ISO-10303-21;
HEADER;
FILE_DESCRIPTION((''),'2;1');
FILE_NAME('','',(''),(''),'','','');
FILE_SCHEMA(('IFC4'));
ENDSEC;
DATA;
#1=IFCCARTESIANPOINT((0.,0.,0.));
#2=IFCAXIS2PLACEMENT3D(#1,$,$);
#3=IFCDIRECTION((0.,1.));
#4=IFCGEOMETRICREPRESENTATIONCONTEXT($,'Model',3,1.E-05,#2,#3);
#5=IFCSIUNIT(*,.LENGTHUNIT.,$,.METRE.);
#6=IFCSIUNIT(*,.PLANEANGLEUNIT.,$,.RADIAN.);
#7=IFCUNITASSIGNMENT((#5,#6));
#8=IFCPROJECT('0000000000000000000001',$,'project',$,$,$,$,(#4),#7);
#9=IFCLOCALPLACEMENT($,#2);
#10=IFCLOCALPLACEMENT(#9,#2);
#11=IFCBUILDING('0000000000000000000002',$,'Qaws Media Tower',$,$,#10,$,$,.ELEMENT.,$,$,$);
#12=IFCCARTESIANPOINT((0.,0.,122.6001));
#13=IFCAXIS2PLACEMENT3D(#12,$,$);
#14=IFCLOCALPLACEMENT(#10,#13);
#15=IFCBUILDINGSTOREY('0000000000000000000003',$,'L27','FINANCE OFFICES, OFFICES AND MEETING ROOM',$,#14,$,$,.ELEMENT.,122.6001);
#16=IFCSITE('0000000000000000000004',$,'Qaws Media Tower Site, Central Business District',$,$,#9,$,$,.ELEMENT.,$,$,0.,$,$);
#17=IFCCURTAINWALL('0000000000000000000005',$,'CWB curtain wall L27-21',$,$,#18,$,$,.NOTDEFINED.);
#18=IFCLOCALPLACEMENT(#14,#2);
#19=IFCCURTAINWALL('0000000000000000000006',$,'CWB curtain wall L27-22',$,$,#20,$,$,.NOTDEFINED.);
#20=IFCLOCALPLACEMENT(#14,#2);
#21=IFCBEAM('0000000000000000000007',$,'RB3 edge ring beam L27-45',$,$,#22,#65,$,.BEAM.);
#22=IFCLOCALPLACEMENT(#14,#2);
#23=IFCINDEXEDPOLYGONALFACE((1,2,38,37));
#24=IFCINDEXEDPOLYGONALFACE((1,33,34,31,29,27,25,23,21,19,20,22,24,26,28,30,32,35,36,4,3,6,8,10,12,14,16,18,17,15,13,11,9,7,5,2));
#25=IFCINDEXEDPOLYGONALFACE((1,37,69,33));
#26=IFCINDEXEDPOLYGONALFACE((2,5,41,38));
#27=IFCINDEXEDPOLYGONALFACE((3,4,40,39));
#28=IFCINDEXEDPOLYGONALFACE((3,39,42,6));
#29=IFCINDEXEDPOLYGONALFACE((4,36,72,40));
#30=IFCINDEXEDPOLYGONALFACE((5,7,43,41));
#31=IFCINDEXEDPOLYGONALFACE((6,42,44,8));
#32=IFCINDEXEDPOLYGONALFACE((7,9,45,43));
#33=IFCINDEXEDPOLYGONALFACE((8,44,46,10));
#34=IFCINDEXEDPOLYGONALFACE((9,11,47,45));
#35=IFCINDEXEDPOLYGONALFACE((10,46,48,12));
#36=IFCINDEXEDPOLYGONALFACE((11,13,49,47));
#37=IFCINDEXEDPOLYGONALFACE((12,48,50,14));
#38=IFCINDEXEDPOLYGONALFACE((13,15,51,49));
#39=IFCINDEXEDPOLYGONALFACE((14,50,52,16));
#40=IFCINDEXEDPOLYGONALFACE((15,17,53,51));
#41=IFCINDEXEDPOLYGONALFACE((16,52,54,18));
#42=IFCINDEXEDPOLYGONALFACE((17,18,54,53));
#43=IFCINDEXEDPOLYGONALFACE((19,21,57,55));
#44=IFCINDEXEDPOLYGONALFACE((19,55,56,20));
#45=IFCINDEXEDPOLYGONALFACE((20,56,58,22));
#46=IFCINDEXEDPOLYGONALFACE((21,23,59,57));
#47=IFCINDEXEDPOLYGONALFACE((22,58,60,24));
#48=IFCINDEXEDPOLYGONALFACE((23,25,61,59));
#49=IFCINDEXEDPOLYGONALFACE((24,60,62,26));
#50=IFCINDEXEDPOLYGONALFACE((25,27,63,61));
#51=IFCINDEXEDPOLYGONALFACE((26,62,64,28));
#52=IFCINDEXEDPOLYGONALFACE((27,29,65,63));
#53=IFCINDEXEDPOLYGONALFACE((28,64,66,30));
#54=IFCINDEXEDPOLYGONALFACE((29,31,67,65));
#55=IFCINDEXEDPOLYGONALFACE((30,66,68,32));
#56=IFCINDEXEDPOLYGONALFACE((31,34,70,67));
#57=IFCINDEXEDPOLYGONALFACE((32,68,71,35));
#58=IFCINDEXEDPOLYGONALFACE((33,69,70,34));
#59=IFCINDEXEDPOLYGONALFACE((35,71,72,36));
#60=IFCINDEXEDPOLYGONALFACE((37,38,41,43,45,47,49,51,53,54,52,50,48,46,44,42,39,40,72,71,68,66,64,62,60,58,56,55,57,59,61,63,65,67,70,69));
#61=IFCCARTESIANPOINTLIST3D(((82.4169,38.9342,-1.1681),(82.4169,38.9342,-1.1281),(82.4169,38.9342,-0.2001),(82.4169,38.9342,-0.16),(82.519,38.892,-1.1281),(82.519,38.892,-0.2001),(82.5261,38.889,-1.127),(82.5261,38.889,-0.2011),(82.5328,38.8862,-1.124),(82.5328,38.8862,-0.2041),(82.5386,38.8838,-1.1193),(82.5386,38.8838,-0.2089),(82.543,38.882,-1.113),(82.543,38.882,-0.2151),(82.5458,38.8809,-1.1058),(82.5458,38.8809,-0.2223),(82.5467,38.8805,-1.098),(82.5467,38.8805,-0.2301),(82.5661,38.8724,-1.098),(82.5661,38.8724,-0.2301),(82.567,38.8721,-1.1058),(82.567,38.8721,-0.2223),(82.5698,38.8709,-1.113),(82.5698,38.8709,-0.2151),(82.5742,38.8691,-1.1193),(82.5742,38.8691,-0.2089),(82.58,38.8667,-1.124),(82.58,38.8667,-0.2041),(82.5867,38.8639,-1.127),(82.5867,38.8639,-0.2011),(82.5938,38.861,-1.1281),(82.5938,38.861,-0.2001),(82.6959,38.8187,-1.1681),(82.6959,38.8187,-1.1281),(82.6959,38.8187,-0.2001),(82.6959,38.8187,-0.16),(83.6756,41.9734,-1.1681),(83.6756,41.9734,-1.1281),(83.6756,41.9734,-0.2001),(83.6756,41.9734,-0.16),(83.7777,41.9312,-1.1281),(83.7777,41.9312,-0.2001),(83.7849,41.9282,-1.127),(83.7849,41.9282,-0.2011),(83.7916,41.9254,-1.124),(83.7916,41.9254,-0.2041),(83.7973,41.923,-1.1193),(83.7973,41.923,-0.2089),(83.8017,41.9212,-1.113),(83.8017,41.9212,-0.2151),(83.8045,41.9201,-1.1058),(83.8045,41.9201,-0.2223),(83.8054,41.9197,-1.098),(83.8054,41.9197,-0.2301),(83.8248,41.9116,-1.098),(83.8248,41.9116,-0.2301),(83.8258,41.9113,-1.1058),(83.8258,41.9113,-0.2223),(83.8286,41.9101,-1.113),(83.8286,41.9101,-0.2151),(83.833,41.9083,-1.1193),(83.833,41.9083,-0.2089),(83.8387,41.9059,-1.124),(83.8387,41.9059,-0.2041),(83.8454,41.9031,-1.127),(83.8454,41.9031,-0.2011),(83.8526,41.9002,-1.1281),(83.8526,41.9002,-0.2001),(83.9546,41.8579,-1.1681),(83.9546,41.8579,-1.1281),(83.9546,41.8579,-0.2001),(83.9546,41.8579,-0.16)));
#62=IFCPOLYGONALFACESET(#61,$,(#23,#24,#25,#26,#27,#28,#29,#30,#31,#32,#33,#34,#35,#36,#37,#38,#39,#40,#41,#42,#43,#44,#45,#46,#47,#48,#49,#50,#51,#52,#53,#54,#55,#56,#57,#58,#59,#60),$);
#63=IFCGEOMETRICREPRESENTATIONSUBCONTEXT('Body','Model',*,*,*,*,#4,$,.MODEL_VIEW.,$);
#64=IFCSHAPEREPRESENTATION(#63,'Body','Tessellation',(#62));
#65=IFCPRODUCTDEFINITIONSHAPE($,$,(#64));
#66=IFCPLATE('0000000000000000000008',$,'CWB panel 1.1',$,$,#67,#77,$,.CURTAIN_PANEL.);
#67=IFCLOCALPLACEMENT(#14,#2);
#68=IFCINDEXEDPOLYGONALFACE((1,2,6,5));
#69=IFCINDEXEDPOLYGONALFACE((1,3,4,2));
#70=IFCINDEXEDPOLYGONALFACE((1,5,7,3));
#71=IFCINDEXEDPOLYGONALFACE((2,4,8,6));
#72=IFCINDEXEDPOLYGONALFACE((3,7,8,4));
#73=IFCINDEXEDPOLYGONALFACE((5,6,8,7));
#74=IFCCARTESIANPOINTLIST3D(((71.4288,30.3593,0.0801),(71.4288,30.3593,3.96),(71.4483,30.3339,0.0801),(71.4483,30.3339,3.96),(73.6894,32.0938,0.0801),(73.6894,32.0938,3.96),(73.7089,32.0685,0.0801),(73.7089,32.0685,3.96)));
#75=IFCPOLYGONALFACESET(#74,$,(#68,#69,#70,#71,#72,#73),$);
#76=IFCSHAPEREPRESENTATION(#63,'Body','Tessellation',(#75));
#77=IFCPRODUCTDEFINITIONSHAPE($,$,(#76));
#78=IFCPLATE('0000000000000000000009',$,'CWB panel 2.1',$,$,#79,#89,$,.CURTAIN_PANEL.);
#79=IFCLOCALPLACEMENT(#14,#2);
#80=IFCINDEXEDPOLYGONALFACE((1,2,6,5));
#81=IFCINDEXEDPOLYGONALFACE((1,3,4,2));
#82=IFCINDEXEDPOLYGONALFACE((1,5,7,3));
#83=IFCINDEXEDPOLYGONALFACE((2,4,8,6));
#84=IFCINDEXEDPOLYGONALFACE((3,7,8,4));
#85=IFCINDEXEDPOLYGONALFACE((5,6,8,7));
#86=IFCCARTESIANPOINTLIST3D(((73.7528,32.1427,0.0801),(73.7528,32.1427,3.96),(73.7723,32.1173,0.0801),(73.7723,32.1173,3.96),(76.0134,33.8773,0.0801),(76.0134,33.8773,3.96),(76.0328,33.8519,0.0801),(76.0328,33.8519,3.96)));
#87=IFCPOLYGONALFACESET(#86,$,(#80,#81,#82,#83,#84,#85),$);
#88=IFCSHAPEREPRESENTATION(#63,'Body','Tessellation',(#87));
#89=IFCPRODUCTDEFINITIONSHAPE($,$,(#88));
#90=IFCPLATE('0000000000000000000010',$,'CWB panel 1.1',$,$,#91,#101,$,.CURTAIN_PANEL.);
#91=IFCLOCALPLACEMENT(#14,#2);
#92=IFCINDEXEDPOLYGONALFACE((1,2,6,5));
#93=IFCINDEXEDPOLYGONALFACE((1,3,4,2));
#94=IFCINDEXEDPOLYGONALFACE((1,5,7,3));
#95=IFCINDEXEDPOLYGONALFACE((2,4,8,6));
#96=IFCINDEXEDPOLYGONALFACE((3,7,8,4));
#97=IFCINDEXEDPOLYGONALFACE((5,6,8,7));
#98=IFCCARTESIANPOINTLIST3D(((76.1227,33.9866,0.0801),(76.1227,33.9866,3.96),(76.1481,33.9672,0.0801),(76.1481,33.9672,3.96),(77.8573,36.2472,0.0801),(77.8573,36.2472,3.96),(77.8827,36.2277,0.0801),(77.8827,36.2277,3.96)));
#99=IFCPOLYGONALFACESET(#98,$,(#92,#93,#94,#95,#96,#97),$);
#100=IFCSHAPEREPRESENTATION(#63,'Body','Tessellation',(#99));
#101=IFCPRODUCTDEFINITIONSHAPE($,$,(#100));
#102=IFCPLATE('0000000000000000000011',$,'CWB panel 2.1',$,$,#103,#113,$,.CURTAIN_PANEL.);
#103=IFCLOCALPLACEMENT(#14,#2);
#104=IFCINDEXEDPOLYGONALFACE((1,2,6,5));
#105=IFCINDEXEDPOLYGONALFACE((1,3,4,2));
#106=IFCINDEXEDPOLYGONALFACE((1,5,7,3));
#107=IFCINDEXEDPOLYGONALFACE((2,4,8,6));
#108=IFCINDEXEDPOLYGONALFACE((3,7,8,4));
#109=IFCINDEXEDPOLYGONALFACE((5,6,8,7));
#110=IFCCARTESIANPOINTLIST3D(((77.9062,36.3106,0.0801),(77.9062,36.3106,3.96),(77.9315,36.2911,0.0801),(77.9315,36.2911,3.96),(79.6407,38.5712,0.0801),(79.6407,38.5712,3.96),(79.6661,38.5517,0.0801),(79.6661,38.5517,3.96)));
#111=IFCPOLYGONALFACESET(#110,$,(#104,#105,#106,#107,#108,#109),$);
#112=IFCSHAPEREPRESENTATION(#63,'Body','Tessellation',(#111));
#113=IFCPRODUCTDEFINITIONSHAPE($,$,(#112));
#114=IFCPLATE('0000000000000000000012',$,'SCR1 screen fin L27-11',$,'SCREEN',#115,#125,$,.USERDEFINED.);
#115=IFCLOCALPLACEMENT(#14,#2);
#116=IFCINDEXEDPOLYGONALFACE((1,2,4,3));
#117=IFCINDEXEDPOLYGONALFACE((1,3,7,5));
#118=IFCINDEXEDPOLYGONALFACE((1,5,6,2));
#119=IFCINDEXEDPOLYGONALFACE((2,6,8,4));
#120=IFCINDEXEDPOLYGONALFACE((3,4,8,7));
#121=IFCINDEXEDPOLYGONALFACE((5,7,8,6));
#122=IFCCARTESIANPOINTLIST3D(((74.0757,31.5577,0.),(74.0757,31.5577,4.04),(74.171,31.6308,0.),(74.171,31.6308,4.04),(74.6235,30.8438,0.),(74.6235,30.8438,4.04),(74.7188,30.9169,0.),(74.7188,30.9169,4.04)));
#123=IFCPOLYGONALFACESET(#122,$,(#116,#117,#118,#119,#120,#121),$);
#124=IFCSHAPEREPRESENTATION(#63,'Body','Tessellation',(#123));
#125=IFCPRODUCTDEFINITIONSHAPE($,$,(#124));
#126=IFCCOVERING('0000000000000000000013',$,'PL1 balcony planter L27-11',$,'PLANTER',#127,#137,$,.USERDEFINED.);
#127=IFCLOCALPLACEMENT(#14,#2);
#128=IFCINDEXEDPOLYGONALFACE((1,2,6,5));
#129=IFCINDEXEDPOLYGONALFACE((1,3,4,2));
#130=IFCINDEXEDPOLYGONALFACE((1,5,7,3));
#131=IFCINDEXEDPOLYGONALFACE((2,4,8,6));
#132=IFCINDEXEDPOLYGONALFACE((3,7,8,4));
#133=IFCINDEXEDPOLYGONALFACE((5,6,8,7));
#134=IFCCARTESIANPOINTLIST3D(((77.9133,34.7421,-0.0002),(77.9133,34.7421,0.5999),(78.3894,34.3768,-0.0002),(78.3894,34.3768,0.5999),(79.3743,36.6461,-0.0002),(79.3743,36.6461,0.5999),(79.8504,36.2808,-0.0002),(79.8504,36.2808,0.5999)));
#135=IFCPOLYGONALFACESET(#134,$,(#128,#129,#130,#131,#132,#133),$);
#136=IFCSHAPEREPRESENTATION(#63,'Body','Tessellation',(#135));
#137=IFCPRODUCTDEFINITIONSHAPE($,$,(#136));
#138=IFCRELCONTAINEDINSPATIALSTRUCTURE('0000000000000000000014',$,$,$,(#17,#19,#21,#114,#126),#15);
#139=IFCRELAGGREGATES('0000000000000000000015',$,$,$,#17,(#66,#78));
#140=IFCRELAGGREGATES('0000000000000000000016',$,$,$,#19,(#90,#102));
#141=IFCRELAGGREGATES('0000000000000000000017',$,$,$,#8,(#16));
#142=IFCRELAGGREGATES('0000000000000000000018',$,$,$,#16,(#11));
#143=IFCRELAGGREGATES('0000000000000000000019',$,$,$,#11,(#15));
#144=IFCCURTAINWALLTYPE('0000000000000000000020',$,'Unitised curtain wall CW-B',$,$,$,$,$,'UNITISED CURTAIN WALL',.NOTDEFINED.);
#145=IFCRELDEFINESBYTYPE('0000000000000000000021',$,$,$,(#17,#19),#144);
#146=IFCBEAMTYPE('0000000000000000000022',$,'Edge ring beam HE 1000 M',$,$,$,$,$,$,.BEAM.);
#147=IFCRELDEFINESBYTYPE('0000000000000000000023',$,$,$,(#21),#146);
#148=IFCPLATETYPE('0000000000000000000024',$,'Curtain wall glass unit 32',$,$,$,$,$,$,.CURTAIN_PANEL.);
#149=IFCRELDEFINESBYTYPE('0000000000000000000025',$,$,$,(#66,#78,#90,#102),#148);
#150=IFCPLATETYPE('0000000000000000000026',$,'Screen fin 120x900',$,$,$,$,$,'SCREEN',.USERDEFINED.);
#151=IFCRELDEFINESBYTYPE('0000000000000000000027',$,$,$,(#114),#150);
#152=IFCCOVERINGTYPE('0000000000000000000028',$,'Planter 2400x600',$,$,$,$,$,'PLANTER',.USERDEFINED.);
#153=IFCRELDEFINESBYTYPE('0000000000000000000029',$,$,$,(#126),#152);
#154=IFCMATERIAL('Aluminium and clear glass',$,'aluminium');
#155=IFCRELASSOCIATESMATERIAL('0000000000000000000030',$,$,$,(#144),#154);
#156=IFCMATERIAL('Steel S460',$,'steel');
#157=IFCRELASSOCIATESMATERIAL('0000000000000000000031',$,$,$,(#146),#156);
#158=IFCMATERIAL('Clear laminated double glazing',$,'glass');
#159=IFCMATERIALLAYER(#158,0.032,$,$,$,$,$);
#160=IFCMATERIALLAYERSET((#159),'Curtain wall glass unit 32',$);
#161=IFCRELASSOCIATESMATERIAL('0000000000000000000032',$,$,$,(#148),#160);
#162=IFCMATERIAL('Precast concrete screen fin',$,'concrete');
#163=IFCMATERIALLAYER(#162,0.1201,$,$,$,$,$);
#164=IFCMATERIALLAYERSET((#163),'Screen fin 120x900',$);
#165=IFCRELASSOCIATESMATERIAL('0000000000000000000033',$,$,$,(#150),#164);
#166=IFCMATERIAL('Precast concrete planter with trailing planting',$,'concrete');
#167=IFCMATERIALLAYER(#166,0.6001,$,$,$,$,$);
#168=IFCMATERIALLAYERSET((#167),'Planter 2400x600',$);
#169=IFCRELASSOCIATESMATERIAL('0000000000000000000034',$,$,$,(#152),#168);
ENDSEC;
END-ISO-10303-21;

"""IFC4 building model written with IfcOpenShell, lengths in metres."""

from ifc_helpers import new_model, si_unit, direction, frame, origin, origin_2d, place, context, subcontext, project, spatial, rectangle, i_section, extrude, material, layer, layer_set, material_profile, profile_set, type_object, element, aggregate, save


model = new_model("IFC4")

# Units and contexts
model_context = context("Model", 3, precision=1e-05, world=origin(), true_north=direction((0.0, 1.0)))
body_context = subcontext(model_context, "Body", "Model", "MODEL_VIEW")
ifc_project = project(units=[si_unit("LENGTHUNIT", "METRE"), si_unit("PLANEANGLEUNIT", "RADIAN")], contexts=[model_context])

# Site, building, storey
site_placement = place(None, origin())
site = spatial("IfcSite", under=ifc_project, at=site_placement, Name="Qaws Media Tower Site, Central Business District", CompositionType="ELEMENT", RefElevation=0.0)
building_placement = place(site_placement, origin())
building = spatial("IfcBuilding", under=site, at=building_placement, Name="Qaws Media Tower", CompositionType="ELEMENT")
storey_placement = place(building_placement, frame((0.0, 0.0, 122.6001)))
storey = spatial("IfcBuildingStorey", under=building, at=storey_placement, Name="L27", Description="FINANCE OFFICES, OFFICES AND MEETING ROOM", CompositionType="ELEMENT", Elevation=122.6001)

# Curtain walls
ifc_material_1 = material(Name="Aluminium and clear glass", Category="aluminium")
curtain_wall_type_1 = type_object("IfcCurtainWallType", Name="Unitised curtain wall CW-B", ElementType="UNITISED CURTAIN WALL", PredefinedType="NOTDEFINED", material=ifc_material_1)
curtain_wall_1_placement = place(storey_placement, origin())
curtain_wall_1 = element("IfcCurtainWall", 1, at=curtain_wall_1_placement, inside=storey, type_object=curtain_wall_type_1, Name="CWB curtain wall L27-21", PredefinedType="NOTDEFINED")
curtain_wall_2_placement = place(storey_placement, origin())
curtain_wall_2 = element("IfcCurtainWall", 2, at=curtain_wall_2_placement, inside=storey, type_object=curtain_wall_type_1, Name="CWB curtain wall L27-22", PredefinedType="NOTDEFINED")

# Beam
ifc_material_2 = material(Name="Steel S460", Category="steel")
ifc_material_profile_1 = material_profile(ifc_material_2, i_section(OverallWidth=0.302, OverallDepth=1.0081, WebThickness=0.021, FlangeThickness=0.04, FilletRadius=0.03, at=origin_2d()), Name="HE 1000 M")
ifc_profile_set_1 = profile_set([ifc_material_profile_1], Name="Steel S460")
beam_type = type_object("IfcBeamType", Name="Edge ring beam HE 1000 M", PredefinedType="BEAM", material=ifc_profile_set_1)
beam_1_placement = place(storey_placement, frame((82.5564, 38.8765, -0.6641), z_axis=(0.382649, 0.923894, 0.0), x_axis=(-0.923894, 0.382649, 0.0)))
element("IfcBeam", 3, at=beam_1_placement, inside=storey, type_object=beam_type, Name="RB3 edge ring beam L27-45", PredefinedType="BEAM", context=body_context, shape_type="SweptSolid", body=[
    extrude(i_section(OverallWidth=0.302, OverallDepth=1.0081, WebThickness=0.021, FlangeThickness=0.04, FilletRadius=0.03, at=origin_2d()), origin(), (0.0, 0.0, 1.0), 3.2896),
])

# Plates
ifc_material_3 = material(Name="Clear laminated double glazing", Category="glass")
ifc_layer_1 = layer(ifc_material_3, 0.032)
ifc_layer_set_1 = layer_set([ifc_layer_1], Name="Curtain wall glass unit 32")
plate_type_1 = type_object("IfcPlateType", Name="Curtain wall glass unit 32", PredefinedType="CURTAIN_PANEL", material=ifc_layer_set_1)
plate_1_placement = place(storey_placement, frame((72.5688, 31.2139, 0.0801), z_axis=(0.0, 0.0, 1.0), x_axis=(0.793353, 0.608761, 0.0)))
plate_1 = element("IfcPlate", 4, at=plate_1_placement, type_object=plate_type_1, Name="CWB panel 1.1", PredefinedType="CURTAIN_PANEL", context=body_context, shape_type="SweptSolid", body=[
    extrude(rectangle(XDim=2.8494, YDim=0.032, at=origin_2d()), origin(), (0.0, 0.0, 1.0), 3.8799),
])
plate_2_placement = place(storey_placement, frame((74.8928, 32.9973, 0.0801), z_axis=(0.0, 0.0, 1.0), x_axis=(0.793353, 0.608761, 0.0)))
plate_2 = element("IfcPlate", 5, at=plate_2_placement, type_object=plate_type_1, Name="CWB panel 2.1", PredefinedType="CURTAIN_PANEL", context=body_context, shape_type="SweptSolid", body=[
    extrude(rectangle(XDim=2.8494, YDim=0.032, at=origin_2d()), origin(), (0.0, 0.0, 1.0), 3.8799),
])
aggregate(curtain_wall_1, [plate_1, plate_2])
plate_3_placement = place(storey_placement, frame((77.0027, 35.1072, 0.0801), z_axis=(0.0, 0.0, 1.0), x_axis=(0.608761, 0.793353, 0.0)))
plate_3 = element("IfcPlate", 6, at=plate_3_placement, type_object=plate_type_1, Name="CWB panel 1.1", PredefinedType="CURTAIN_PANEL", context=body_context, shape_type="SweptSolid", body=[
    extrude(rectangle(XDim=2.8494, YDim=0.032, at=origin_2d()), origin(), (0.0, 0.0, 1.0), 3.8799),
])
plate_4_placement = place(storey_placement, frame((78.7861, 37.4312, 0.0801), z_axis=(0.0, 0.0, 1.0), x_axis=(0.608761, 0.793353, 0.0)))
plate_4 = element("IfcPlate", 7, at=plate_4_placement, type_object=plate_type_1, Name="CWB panel 2.1", PredefinedType="CURTAIN_PANEL", context=body_context, shape_type="SweptSolid", body=[
    extrude(rectangle(XDim=2.8494, YDim=0.032, at=origin_2d()), origin(), (0.0, 0.0, 1.0), 3.8799),
])
aggregate(curtain_wall_2, [plate_3, plate_4])
ifc_material_4 = material(Name="Precast concrete screen fin", Category="concrete")
ifc_layer_2 = layer(ifc_material_4, 0.1201)
ifc_layer_set_2 = layer_set([ifc_layer_2], Name="Screen fin 120x900")
plate_type_2 = type_object("IfcPlateType", Name="Screen fin 120x900", ElementType="SCREEN", PredefinedType="USERDEFINED", material=ifc_layer_set_2)
plate_5_placement = place(storey_placement, frame((74.3972, 31.2373, 0.0), z_axis=(0.0, 0.0, 1.0), x_axis=(0.608761, -0.793353, 0.0)))
element("IfcPlate", 8, at=plate_5_placement, inside=storey, type_object=plate_type_2, Name="SCR1 screen fin L27-11", ObjectType="SCREEN", PredefinedType="USERDEFINED", context=body_context, shape_type="SweptSolid", body=[
    extrude(rectangle(XDim=0.8999, YDim=0.1201, at=origin_2d()), origin(), (0.0, 0.0, 1.0), 4.04),
])

# Covering
ifc_material_5 = material(Name="Precast concrete planter with trailing planting", Category="concrete")
ifc_layer_3 = layer(ifc_material_5, 0.6001)
ifc_layer_set_3 = layer_set([ifc_layer_3], Name="Planter 2400x600")
covering_type = type_object("IfcCoveringType", Name="Planter 2400x600", ElementType="PLANTER", PredefinedType="USERDEFINED", material=ifc_layer_set_3)
covering_placement = place(storey_placement, frame((78.8818, 35.5115, -0.0002), z_axis=(0.0, 0.0, 1.0), x_axis=(0.608761, 0.793353, 0.0)))
element("IfcCovering", 9, at=covering_placement, inside=storey, type_object=covering_type, Name="PL1 balcony planter L27-11", ObjectType="PLANTER", PredefinedType="USERDEFINED", context=body_context, shape_type="SweptSolid", body=[
    extrude(rectangle(XDim=2.3999, YDim=0.6001, at=origin_2d()), origin(), (0.0, 0.0, 1.0), 0.6001),
])

save(model, "model.ifc")
